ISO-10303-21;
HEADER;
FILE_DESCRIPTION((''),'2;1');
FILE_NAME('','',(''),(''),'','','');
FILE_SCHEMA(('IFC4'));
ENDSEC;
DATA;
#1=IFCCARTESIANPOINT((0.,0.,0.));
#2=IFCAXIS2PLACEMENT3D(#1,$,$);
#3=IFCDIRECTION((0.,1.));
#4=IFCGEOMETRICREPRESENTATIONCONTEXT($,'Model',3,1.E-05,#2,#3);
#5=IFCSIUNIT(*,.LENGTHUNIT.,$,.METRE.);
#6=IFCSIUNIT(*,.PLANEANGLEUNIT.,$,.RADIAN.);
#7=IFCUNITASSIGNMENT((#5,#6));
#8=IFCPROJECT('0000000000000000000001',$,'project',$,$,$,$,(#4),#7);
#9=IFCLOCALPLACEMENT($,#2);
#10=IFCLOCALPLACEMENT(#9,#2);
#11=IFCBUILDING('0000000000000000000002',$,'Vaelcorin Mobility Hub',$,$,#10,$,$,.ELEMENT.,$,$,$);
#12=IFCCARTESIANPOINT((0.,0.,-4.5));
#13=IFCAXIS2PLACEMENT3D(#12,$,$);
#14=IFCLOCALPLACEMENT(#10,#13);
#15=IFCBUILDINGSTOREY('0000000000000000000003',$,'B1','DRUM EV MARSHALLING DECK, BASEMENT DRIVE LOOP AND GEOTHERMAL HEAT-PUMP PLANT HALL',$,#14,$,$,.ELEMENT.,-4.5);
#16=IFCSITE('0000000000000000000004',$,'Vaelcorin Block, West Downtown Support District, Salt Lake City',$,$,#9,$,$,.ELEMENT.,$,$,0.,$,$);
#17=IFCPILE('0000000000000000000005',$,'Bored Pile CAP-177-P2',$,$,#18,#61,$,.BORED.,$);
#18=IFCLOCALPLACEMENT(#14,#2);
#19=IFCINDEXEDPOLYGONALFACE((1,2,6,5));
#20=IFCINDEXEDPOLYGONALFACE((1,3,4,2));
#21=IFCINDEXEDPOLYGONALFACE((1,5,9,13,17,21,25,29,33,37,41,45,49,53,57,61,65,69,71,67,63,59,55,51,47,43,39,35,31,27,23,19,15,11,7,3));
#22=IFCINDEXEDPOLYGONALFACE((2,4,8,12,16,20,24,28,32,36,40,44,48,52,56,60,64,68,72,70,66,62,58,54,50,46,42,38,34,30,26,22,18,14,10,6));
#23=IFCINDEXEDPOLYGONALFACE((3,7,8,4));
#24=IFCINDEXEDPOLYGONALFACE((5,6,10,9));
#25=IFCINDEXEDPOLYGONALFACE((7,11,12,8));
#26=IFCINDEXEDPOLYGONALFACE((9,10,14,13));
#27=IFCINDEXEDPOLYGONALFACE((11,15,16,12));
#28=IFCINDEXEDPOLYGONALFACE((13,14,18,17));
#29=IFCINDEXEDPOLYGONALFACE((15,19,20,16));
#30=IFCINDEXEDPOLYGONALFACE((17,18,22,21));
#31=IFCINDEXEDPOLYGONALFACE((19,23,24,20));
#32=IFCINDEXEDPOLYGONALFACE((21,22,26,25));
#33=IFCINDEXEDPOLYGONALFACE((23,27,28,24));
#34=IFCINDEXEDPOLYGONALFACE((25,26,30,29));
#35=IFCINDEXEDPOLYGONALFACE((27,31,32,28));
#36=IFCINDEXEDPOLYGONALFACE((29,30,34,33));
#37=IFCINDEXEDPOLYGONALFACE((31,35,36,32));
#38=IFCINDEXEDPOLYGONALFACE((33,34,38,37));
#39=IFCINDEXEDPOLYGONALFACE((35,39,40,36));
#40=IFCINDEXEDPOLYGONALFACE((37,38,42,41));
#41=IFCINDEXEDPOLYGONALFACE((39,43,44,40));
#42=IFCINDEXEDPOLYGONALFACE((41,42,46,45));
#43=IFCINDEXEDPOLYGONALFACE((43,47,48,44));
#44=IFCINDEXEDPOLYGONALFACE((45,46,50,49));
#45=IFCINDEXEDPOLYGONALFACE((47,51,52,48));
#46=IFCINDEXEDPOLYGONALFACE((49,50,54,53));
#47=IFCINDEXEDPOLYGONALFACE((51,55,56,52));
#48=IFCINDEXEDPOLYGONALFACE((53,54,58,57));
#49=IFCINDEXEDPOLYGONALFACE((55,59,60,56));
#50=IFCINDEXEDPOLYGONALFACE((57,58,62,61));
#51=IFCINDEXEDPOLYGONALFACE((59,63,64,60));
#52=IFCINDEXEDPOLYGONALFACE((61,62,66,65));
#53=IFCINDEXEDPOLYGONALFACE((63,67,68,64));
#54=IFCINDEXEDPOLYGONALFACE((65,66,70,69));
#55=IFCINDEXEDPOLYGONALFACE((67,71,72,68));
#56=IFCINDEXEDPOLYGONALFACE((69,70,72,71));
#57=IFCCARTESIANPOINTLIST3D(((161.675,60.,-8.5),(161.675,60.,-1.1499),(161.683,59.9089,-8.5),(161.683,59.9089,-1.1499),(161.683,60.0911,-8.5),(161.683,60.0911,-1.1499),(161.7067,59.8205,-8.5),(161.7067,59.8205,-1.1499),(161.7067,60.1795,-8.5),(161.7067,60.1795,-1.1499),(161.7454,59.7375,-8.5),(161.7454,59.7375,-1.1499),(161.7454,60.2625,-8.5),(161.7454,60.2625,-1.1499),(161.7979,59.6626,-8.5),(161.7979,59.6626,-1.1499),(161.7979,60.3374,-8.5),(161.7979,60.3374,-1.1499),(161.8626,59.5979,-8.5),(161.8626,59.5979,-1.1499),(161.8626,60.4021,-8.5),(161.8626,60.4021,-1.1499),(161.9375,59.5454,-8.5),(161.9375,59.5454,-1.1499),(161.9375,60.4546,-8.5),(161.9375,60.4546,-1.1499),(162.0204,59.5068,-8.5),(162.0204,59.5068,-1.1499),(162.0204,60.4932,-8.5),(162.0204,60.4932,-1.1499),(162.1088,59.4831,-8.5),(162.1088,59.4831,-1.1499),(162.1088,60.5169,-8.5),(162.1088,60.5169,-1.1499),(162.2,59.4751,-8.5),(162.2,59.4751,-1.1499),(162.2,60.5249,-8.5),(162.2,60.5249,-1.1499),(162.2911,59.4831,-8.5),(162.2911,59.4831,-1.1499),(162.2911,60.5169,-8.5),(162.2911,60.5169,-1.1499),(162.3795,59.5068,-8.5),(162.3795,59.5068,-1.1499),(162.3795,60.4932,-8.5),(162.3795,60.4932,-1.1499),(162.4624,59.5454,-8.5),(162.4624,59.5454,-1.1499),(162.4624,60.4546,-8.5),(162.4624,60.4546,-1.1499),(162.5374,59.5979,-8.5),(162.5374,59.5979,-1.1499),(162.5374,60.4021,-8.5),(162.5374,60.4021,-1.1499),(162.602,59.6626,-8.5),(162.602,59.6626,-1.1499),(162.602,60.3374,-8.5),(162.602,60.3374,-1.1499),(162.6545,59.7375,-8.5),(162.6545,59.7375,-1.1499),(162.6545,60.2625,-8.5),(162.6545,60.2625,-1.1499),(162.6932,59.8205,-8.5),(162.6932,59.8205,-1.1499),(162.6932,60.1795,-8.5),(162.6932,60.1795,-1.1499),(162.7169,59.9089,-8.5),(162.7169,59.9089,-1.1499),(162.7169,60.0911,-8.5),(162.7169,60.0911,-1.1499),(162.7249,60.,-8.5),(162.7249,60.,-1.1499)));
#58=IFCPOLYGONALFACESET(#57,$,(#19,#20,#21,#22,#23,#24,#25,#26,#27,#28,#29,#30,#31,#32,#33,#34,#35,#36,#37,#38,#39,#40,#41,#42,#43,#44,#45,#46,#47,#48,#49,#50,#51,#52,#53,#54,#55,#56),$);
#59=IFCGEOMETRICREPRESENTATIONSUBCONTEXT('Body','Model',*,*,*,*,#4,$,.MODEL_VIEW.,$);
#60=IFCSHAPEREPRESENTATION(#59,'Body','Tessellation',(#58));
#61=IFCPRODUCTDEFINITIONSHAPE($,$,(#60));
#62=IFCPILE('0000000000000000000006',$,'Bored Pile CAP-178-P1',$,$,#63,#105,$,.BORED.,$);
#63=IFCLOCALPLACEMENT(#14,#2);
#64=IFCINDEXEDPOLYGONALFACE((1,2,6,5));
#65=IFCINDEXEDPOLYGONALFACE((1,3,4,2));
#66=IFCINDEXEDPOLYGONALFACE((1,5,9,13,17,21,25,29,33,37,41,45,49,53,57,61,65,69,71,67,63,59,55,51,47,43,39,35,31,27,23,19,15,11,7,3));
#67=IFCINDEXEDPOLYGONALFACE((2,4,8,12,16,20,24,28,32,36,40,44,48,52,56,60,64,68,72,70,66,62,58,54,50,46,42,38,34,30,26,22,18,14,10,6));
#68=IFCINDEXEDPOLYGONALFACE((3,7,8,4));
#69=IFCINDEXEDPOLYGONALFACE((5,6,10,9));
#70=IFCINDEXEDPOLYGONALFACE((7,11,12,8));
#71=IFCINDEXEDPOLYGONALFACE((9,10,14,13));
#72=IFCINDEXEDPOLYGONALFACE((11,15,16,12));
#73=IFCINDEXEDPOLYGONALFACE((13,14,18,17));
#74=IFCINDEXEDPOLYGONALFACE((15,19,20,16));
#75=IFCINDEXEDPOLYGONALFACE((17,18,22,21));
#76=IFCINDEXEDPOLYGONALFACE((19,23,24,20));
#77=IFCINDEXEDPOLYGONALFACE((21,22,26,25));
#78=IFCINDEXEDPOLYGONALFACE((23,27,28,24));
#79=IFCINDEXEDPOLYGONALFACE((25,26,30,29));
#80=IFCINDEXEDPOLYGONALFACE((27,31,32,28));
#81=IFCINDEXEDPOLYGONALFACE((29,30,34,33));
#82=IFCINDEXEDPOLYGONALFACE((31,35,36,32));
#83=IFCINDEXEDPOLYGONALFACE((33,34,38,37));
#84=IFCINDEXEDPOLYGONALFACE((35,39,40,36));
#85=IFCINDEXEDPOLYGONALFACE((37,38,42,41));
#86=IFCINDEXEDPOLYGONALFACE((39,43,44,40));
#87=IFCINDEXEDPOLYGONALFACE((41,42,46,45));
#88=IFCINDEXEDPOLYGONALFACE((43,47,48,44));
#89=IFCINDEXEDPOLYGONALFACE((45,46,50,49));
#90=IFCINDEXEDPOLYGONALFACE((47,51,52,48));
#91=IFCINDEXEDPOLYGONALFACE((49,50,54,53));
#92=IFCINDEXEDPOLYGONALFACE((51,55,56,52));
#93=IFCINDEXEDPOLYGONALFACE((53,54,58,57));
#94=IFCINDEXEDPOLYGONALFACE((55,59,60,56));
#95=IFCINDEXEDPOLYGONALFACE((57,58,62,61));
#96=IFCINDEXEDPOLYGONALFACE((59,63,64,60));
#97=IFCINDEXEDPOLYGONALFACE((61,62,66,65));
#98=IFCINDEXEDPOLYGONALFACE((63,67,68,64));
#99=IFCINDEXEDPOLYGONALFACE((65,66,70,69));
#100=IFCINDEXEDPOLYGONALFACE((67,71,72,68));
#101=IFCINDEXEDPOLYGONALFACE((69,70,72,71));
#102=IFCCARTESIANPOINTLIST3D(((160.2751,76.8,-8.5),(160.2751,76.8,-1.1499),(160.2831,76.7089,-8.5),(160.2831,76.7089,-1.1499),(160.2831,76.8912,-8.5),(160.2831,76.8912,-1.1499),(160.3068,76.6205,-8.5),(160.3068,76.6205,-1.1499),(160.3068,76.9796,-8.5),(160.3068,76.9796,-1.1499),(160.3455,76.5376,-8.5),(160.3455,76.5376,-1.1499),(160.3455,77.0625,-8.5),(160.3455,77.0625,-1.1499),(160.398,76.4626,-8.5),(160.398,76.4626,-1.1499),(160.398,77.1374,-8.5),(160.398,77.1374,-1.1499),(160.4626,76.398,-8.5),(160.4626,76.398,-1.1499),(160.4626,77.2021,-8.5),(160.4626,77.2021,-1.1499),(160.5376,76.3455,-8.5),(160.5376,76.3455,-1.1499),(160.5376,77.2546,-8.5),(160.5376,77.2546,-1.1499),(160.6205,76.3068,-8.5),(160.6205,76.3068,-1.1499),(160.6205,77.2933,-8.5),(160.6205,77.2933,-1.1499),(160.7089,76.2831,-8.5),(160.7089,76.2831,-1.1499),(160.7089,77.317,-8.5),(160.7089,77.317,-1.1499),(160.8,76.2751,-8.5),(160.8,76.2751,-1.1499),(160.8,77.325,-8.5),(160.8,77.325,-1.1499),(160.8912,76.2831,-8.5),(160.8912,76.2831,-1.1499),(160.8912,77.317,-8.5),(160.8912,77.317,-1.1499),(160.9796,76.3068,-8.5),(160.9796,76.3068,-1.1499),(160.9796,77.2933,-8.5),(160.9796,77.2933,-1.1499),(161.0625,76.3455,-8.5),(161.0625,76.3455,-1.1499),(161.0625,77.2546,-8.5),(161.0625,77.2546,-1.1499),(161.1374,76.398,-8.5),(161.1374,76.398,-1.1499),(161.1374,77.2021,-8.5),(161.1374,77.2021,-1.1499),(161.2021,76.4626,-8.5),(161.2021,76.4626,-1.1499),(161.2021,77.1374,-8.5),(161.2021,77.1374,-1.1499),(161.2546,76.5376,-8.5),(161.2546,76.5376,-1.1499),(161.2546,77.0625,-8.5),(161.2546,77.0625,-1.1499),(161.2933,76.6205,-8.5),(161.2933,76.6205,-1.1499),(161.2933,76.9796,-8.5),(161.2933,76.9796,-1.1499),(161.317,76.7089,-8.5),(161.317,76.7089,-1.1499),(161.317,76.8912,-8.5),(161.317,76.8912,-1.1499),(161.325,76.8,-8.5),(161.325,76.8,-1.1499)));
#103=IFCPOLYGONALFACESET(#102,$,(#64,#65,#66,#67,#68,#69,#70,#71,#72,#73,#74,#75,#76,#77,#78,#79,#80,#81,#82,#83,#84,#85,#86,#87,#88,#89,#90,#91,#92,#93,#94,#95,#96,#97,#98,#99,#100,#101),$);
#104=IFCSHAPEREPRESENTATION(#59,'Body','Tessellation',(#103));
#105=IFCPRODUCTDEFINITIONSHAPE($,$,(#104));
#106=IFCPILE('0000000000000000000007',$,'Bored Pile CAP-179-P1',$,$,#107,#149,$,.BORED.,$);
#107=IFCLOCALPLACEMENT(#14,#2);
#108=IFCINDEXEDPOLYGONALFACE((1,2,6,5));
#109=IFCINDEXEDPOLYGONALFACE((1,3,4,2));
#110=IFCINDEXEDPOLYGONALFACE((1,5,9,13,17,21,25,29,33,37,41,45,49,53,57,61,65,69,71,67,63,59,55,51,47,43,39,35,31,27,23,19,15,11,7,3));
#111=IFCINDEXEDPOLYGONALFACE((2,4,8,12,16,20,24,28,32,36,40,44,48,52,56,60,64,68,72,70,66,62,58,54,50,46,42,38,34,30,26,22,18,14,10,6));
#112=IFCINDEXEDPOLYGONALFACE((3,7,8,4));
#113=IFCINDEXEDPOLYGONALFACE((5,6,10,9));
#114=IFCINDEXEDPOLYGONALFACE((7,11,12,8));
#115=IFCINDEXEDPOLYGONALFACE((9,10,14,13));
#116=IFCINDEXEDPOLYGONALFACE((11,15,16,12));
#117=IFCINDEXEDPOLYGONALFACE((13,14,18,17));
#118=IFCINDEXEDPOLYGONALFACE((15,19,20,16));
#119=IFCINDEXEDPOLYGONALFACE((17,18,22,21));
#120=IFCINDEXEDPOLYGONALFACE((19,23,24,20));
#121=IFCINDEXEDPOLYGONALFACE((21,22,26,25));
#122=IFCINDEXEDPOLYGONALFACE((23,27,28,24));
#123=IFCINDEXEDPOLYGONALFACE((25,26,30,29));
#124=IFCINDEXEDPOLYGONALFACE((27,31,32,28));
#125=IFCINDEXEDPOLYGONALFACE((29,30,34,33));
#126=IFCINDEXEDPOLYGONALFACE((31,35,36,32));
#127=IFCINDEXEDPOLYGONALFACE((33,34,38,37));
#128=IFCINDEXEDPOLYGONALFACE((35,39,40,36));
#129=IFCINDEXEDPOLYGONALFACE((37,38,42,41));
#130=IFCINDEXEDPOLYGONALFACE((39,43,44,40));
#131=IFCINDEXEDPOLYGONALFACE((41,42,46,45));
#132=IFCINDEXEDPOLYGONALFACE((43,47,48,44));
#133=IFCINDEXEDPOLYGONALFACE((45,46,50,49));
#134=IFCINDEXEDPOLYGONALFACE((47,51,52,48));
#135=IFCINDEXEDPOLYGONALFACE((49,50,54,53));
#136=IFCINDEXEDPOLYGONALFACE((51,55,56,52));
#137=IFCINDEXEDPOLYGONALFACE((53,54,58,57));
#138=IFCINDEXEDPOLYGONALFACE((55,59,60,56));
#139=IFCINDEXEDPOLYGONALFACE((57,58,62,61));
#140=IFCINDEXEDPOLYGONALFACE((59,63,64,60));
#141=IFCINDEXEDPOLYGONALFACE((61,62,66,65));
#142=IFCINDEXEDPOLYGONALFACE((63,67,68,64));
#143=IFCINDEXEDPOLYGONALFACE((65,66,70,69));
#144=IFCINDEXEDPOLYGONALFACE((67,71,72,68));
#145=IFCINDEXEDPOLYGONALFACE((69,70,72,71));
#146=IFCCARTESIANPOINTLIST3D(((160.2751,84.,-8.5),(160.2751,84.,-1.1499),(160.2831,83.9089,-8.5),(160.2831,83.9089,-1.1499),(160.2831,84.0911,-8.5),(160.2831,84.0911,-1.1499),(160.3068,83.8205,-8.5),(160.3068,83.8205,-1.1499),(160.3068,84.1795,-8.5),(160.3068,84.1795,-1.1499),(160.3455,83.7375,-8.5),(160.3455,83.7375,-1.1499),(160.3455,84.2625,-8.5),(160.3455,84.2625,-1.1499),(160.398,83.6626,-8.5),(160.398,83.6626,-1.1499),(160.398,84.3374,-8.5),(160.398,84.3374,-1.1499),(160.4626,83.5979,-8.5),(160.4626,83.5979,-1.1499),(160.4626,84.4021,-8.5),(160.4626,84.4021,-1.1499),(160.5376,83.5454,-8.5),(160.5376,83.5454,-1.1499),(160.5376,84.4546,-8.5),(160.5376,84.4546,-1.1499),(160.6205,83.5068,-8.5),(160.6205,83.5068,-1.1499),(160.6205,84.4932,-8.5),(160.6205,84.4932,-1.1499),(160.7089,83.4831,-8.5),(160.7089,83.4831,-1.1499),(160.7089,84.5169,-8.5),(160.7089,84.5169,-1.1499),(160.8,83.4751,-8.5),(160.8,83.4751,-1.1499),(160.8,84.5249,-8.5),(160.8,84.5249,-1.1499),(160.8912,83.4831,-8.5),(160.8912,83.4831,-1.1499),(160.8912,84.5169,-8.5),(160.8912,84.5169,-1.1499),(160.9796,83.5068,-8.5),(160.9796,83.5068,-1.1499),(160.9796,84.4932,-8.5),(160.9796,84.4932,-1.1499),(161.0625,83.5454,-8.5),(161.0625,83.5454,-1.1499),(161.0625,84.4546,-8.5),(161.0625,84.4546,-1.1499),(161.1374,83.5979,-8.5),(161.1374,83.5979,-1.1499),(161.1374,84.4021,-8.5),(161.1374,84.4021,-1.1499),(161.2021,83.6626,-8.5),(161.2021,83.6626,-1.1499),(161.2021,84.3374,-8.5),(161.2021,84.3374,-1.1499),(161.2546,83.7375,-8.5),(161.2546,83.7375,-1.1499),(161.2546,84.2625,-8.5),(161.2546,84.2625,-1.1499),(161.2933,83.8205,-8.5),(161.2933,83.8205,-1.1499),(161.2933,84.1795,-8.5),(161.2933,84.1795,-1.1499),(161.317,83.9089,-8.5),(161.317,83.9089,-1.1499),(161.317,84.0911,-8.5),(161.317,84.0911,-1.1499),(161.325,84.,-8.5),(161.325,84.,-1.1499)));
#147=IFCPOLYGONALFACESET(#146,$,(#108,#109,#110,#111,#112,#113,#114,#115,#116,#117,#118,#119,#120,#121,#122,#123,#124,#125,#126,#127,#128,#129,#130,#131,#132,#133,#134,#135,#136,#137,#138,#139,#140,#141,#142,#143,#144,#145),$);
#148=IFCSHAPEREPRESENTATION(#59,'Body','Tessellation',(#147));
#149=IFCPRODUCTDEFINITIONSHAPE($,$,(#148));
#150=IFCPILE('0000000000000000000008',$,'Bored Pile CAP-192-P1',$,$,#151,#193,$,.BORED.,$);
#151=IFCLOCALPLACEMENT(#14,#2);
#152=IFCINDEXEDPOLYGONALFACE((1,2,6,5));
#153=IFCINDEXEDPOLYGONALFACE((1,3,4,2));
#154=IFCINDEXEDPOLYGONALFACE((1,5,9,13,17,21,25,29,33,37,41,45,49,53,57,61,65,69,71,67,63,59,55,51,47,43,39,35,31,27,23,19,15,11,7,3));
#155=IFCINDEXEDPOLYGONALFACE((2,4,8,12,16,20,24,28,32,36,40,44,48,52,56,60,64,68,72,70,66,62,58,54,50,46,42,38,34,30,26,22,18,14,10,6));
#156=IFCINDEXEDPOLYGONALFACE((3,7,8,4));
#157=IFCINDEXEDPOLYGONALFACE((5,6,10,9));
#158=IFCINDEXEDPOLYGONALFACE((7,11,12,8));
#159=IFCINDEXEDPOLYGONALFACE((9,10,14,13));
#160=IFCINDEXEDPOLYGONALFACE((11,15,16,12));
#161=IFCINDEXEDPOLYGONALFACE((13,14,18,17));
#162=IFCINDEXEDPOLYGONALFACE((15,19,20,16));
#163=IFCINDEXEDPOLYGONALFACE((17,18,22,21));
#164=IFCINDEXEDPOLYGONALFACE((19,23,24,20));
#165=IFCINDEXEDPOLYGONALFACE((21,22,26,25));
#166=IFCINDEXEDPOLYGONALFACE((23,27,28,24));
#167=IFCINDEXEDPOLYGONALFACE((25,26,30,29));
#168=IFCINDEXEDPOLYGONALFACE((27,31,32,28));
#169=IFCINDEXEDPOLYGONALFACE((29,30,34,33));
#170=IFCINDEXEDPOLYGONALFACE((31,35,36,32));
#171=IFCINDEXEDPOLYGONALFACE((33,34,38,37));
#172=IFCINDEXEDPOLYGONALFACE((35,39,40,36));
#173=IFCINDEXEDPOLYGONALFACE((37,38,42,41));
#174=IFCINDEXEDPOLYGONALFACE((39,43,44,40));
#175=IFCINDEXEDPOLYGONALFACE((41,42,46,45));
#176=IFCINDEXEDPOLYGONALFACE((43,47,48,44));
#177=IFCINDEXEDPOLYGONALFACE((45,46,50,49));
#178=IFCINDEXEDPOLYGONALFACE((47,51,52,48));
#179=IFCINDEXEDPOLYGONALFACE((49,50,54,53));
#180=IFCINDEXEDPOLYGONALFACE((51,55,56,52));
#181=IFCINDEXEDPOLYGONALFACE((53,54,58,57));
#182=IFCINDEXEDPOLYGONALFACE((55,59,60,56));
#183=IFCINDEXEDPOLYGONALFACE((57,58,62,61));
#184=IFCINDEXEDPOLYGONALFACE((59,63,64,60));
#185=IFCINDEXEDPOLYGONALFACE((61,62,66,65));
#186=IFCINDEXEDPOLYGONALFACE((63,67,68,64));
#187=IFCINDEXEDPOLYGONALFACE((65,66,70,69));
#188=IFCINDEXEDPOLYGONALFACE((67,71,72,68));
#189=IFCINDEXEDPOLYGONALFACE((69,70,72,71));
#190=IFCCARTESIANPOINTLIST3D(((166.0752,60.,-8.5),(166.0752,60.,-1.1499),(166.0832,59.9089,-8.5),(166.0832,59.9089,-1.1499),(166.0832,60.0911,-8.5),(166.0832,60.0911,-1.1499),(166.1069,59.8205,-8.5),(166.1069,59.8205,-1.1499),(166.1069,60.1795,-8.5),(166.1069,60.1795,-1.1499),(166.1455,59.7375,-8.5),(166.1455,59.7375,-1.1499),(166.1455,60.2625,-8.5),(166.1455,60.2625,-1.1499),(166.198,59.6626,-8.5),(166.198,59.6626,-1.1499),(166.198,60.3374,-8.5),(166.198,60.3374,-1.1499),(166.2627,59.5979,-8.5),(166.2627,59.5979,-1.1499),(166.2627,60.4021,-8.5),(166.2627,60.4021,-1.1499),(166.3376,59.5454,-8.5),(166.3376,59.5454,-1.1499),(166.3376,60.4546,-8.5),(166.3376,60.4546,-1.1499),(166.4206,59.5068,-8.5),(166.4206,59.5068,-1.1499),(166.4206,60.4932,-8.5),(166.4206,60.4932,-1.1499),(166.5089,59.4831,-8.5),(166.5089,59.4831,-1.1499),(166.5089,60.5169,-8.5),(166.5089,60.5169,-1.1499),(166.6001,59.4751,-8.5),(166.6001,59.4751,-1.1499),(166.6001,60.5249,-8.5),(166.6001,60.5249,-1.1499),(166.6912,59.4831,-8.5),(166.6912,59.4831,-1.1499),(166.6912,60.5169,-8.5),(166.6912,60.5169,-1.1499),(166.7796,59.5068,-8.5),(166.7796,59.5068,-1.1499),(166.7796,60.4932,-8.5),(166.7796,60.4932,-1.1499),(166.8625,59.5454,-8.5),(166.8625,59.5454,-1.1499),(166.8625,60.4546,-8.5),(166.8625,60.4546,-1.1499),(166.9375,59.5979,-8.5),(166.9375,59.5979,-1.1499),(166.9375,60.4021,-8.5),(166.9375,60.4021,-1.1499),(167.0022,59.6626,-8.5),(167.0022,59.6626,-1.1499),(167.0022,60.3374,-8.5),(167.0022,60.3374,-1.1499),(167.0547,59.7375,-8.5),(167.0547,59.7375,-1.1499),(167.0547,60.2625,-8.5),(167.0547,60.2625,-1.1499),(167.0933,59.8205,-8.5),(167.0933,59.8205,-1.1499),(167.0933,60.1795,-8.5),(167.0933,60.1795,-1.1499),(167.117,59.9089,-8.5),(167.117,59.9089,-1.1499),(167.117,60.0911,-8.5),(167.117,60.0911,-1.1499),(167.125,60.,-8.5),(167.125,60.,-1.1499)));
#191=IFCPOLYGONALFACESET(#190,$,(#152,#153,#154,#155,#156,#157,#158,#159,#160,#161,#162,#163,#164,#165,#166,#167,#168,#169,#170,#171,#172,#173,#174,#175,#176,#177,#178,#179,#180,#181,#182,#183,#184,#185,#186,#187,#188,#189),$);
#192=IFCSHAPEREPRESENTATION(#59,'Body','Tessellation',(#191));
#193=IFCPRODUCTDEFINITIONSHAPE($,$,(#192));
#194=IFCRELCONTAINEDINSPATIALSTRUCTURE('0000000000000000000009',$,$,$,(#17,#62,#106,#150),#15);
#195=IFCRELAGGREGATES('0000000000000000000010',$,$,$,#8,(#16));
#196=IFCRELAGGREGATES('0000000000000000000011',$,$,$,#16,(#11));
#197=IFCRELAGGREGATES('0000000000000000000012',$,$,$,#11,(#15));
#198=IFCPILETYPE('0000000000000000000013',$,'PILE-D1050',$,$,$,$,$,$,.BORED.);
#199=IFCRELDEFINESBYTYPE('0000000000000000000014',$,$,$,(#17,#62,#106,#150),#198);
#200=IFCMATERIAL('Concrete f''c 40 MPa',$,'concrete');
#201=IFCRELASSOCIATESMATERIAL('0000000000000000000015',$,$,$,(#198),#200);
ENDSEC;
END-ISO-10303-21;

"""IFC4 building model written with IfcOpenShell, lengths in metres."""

from ifc_helpers import new_model, si_unit, direction, frame, origin, origin_2d, place, context, subcontext, project, spatial, circle, extrude, material, material_profile, profile_set, type_object, element, save


model = new_model("IFC4")

# Units and contexts
model_context = context("Model", 3, precision=1e-05, world=origin(), true_north=direction((0.0, 1.0)))
body_context = subcontext(model_context, "Body", "Model", "MODEL_VIEW")
ifc_project = project(units=[si_unit("LENGTHUNIT", "METRE"), si_unit("PLANEANGLEUNIT", "RADIAN")], contexts=[model_context])

# Site, building, storey
site_placement = place(None, origin())
site = spatial("IfcSite", under=ifc_project, at=site_placement, Name="Vaelcorin Block, West Downtown Support District, Salt Lake City", CompositionType="ELEMENT", RefElevation=0.0)
building_placement = place(site_placement, origin())
building = spatial("IfcBuilding", under=site, at=building_placement, Name="Vaelcorin Mobility Hub", CompositionType="ELEMENT")
storey_placement = place(building_placement, frame((0.0, 0.0, -4.5)))
storey = spatial("IfcBuildingStorey", under=building, at=storey_placement, Name="B1", Description="DRUM EV MARSHALLING DECK, BASEMENT DRIVE LOOP AND GEOTHERMAL HEAT-PUMP PLANT HALL", CompositionType="ELEMENT", Elevation=-4.5)

# Shared definitions
ifc_material_1 = material(Name="Concrete f'c 40 MPa", Category="concrete")

# Piles
ifc_material_profile_1 = material_profile(ifc_material_1, circle(Radius=0.5249, at=origin_2d()), Name="BP-D1050")
ifc_profile_set_1 = profile_set([ifc_material_profile_1], Name="Concrete f'c 40 MPa")
pile_type_1 = type_object("IfcPileType", Name="PILE-D1050", PredefinedType="BORED", material=ifc_profile_set_1)
for number, where, z_axis, x_axis, name in (
    (1, (162.2, 60.0, -1.1499), (0.0, 0.0, -1.0), (1.0, 0.0, 0.0), "Bored Pile CAP-177-P2"),
    (2, (160.8, 76.8, -1.1499), (0.0, 0.0, -1.0), (1.0, 0.0, 0.0), "Bored Pile CAP-178-P1"),
    (3, (160.8, 84.0, -1.1499), (0.0, 0.0, -1.0), (1.0, 0.0, 0.0), "Bored Pile CAP-179-P1"),
    (4, (166.6001, 60.0, -1.1499), (0.0, 0.0, -1.0), (1.0, 0.0, 0.0), "Bored Pile CAP-192-P1"),
):
    element("IfcPile", number, at=place(storey_placement, frame(where, z_axis=z_axis, x_axis=x_axis)), inside=storey, type_object=pile_type_1, Name=name, PredefinedType="BORED", context=body_context, shape_type="SweptSolid", body=[
        extrude(circle(Radius=0.5249, at=origin_2d()), origin(), (0.0, 0.0, 1.0), 7.3501),
    ])

save(model, "model.ifc")
